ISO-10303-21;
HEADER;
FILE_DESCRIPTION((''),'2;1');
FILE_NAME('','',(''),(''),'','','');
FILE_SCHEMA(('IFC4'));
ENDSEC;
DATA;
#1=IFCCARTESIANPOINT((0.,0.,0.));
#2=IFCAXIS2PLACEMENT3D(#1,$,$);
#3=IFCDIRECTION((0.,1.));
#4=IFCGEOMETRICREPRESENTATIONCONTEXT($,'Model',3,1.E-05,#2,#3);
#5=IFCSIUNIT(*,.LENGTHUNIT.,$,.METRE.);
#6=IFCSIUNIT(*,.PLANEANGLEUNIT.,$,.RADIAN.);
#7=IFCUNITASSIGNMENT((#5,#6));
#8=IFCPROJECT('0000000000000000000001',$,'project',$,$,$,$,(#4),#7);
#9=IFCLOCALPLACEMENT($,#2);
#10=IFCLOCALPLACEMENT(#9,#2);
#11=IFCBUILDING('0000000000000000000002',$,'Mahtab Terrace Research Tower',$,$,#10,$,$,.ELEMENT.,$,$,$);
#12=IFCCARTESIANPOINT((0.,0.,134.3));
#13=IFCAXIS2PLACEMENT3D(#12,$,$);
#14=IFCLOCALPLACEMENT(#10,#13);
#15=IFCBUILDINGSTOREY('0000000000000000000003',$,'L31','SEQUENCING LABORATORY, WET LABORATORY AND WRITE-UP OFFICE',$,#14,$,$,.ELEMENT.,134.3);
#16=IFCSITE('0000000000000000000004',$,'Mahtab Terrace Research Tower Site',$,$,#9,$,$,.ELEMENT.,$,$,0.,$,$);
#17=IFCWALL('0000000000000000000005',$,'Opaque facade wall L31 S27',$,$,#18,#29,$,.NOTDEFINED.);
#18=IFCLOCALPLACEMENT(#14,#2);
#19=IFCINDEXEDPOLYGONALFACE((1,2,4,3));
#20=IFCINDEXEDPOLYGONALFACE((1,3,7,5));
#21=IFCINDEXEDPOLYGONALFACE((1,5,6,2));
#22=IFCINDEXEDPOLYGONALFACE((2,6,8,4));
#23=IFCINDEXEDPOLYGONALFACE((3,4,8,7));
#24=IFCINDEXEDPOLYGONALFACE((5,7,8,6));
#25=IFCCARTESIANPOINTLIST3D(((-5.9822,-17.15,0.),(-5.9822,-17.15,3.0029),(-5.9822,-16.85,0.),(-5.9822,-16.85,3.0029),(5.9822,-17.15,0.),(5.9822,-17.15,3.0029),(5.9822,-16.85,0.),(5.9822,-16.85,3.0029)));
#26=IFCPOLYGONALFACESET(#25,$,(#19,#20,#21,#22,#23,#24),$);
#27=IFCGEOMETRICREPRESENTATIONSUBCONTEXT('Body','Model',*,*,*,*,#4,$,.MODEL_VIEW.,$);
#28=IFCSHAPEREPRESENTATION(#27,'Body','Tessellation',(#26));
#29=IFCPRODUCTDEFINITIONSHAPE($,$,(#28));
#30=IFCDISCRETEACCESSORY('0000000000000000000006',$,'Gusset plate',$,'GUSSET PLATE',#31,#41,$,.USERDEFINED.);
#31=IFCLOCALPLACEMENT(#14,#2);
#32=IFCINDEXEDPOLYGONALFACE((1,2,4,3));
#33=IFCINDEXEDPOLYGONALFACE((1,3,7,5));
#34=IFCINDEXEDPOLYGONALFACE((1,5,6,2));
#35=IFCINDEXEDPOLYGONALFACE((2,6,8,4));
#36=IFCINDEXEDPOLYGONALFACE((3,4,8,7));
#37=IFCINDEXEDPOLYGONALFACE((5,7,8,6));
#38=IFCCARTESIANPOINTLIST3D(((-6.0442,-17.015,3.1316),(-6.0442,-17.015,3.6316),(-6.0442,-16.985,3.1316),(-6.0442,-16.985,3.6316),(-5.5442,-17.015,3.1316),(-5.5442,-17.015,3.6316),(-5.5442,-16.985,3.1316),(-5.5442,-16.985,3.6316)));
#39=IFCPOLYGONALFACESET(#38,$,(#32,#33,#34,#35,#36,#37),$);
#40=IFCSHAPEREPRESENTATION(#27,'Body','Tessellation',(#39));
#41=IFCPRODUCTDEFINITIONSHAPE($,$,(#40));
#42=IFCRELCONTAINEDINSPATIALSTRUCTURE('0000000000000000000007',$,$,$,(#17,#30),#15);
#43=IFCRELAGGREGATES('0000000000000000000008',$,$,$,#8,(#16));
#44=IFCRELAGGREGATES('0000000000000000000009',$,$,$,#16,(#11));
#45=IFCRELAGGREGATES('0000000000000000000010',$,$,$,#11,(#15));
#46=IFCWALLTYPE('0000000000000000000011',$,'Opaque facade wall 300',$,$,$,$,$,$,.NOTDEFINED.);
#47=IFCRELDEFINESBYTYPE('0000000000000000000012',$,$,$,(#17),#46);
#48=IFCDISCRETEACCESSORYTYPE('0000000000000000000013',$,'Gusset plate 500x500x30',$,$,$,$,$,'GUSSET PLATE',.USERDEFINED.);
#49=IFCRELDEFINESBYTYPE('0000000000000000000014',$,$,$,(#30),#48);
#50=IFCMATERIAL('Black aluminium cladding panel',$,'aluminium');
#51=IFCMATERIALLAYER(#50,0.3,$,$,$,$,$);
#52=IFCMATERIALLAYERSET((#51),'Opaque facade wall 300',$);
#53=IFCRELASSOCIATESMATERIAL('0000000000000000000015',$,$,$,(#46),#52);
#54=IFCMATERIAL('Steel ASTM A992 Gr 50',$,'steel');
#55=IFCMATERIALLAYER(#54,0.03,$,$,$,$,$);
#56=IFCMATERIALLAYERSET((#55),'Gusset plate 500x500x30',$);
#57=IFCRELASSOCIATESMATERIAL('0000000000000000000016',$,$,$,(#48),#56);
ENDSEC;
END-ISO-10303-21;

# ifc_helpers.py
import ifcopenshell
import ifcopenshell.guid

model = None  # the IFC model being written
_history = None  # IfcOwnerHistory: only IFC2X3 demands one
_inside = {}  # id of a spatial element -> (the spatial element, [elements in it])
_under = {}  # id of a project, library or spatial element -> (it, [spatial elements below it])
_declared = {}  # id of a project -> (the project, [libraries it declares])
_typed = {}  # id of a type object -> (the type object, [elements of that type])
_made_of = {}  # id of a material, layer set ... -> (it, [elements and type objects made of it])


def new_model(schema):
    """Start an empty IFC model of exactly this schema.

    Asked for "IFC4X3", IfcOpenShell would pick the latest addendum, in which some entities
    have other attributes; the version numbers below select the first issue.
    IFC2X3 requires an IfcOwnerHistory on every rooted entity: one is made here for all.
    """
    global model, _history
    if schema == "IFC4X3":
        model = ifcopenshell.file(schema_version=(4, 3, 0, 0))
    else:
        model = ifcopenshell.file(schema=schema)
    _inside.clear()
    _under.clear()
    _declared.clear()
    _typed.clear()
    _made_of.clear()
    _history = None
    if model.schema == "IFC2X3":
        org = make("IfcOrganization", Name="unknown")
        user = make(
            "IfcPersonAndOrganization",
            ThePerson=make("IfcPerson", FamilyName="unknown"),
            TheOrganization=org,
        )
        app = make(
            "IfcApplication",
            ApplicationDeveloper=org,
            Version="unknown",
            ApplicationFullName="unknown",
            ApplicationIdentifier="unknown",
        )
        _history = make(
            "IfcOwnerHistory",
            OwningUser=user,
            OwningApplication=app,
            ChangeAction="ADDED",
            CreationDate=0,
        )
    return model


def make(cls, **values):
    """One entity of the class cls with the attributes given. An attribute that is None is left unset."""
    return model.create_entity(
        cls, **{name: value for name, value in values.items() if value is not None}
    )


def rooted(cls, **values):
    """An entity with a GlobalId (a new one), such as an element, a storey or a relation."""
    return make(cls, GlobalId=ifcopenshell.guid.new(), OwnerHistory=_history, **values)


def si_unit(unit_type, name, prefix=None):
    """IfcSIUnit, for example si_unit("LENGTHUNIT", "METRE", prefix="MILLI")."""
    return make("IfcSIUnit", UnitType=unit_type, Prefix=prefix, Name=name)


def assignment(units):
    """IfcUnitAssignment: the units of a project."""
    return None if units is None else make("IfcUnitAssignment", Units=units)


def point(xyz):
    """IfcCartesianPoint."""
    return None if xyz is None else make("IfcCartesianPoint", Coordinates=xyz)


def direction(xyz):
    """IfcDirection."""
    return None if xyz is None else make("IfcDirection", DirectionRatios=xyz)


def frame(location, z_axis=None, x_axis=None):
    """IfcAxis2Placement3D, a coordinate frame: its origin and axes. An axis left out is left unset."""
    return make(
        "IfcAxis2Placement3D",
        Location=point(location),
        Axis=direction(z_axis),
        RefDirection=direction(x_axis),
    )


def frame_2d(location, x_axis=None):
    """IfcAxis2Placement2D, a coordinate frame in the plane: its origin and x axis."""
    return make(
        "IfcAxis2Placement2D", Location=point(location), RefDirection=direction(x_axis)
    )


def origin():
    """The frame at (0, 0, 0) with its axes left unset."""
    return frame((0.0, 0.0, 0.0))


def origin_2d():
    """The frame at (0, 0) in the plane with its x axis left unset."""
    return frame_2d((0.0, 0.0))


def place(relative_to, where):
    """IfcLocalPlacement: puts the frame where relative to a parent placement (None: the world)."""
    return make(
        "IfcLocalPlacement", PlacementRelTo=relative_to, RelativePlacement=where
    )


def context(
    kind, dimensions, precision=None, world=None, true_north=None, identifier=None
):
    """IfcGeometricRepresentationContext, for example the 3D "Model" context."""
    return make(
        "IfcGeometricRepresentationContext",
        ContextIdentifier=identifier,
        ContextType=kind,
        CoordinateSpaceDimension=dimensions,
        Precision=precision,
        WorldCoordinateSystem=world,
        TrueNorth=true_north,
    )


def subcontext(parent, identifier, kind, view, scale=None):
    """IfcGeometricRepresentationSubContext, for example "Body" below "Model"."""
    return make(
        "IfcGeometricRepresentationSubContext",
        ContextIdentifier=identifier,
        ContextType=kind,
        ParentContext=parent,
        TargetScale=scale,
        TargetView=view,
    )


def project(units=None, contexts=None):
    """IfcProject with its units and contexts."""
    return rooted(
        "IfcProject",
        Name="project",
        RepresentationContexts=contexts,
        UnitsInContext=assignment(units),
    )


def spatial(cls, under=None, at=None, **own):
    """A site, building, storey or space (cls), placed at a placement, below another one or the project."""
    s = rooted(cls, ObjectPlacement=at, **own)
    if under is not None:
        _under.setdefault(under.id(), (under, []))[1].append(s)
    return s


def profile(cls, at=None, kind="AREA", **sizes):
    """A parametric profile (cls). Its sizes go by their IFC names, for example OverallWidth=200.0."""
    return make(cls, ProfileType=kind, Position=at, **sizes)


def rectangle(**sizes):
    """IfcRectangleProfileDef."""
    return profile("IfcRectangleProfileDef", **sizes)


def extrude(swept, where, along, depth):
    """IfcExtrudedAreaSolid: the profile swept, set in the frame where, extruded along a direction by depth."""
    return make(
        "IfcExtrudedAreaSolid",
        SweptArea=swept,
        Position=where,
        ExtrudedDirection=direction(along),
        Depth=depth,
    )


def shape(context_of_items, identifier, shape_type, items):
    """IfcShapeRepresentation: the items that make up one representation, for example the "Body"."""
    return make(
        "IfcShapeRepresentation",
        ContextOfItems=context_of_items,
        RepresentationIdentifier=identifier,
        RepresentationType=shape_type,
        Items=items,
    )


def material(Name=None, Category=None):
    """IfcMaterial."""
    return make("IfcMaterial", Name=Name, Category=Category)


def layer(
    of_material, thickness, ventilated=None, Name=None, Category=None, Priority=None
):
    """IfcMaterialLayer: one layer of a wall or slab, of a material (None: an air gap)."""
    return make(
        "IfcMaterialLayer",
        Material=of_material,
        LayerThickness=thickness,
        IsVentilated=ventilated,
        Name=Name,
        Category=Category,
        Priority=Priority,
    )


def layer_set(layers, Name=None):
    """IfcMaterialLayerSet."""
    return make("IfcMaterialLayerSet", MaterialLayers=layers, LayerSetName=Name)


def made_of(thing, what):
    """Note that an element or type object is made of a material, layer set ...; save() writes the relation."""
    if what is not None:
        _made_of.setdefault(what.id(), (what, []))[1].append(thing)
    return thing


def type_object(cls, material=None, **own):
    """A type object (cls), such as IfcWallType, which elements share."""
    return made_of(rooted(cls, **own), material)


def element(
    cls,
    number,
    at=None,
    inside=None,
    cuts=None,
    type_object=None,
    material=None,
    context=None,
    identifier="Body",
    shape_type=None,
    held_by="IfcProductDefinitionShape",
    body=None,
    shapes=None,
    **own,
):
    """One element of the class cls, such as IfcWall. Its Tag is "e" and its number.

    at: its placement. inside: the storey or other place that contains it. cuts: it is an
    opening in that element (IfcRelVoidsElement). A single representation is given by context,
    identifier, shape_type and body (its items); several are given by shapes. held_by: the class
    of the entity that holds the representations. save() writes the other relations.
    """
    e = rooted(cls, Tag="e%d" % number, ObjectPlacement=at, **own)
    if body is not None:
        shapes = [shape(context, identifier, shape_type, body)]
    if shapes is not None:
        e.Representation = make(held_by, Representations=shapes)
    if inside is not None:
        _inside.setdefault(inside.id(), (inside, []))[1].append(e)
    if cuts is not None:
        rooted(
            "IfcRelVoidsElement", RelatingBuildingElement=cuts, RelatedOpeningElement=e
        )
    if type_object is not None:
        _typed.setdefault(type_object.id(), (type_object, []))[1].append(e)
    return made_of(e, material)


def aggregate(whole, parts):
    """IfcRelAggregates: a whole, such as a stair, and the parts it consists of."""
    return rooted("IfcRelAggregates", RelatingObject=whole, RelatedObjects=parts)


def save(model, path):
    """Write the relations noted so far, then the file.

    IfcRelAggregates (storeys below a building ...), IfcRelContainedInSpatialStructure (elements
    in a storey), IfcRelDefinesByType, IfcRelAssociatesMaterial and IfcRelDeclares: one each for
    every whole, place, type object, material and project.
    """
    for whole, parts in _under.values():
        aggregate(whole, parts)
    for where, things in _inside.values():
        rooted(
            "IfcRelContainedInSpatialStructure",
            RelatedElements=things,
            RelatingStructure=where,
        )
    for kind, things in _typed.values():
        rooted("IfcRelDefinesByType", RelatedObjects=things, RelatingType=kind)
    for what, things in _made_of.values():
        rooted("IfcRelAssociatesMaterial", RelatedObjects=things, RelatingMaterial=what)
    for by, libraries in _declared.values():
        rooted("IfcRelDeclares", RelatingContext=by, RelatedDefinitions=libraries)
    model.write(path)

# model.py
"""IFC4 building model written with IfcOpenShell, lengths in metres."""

from ifc_helpers import new_model, si_unit, direction, frame, frame_2d, origin, origin_2d, place, context, subcontext, project, spatial, rectangle, extrude, material, layer, layer_set, type_object, element, save


model = new_model("IFC4")

# Units and contexts
model_context = context("Model", 3, precision=1e-05, world=origin(), true_north=direction((0.0, 1.0)))
body_context = subcontext(model_context, "Body", "Model", "MODEL_VIEW")
ifc_project = project(units=[si_unit("LENGTHUNIT", "METRE"), si_unit("PLANEANGLEUNIT", "RADIAN")], contexts=[model_context])

# Site, building, storey
site_placement = place(None, origin())
site = spatial("IfcSite", under=ifc_project, at=site_placement, Name="Mahtab Terrace Research Tower Site", CompositionType="ELEMENT", RefElevation=0.0)
building_placement = place(site_placement, origin())
building = spatial("IfcBuilding", under=site, at=building_placement, Name="Mahtab Terrace Research Tower", CompositionType="ELEMENT")
storey_placement = place(building_placement, frame((0.0, 0.0, 134.3)))
storey = spatial("IfcBuildingStorey", under=building, at=storey_placement, Name="L31", Description="SEQUENCING LABORATORY, WET LABORATORY AND WRITE-UP OFFICE", CompositionType="ELEMENT", Elevation=134.3)

# Shared definitions
ifc_material_1 = material(Name="Steel ASTM A992 Gr 50", Category="steel")

# Wall
ifc_material_2 = material(Name="Black aluminium cladding panel", Category="aluminium")
ifc_layer_1 = layer(ifc_material_2, 0.3)
ifc_layer_set_1 = layer_set([ifc_layer_1], Name="Opaque facade wall 300")
wall_type = type_object("IfcWallType", Name="Opaque facade wall 300", PredefinedType="NOTDEFINED", material=ifc_layer_set_1)
wall_placement = place(storey_placement, frame((-5.9822, -17.0, 0.0), z_axis=(0.0, 0.0, 1.0), x_axis=(1.0, 0.0, 0.0)))
element("IfcWall", 1, at=wall_placement, inside=storey, type_object=wall_type, Name="Opaque facade wall L31 S27", PredefinedType="NOTDEFINED", context=body_context, shape_type="SweptSolid", body=[
    extrude(rectangle(XDim=11.9644, YDim=0.3, at=frame_2d((5.9822, 0.0))), origin(), (0.0, 0.0, 1.0), 3.0029),
])

# Discrete accessory
ifc_layer_2 = layer(ifc_material_1, 0.03)
ifc_layer_set_2 = layer_set([ifc_layer_2], Name="Gusset plate 500x500x30")
discrete_accessory_type = type_object("IfcDiscreteAccessoryType", Name="Gusset plate 500x500x30", ElementType="GUSSET PLATE", PredefinedType="USERDEFINED", material=ifc_layer_set_2)
discrete_accessory_placement = place(storey_placement, frame((-5.7942, -17.0, 3.1316), z_axis=(0.0, 0.0, 1.0), x_axis=(1.0, 0.0, 0.0)))
element("IfcDiscreteAccessory", 2, at=discrete_accessory_placement, inside=storey, type_object=discrete_accessory_type, Name="Gusset plate", ObjectType="GUSSET PLATE", PredefinedType="USERDEFINED", context=body_context, shape_type="SweptSolid", body=[
    extrude(rectangle(XDim=0.5, YDim=0.03, at=origin_2d()), origin(), (0.0, 0.0, 1.0), 0.5),
])

save(model, "model.ifc")
